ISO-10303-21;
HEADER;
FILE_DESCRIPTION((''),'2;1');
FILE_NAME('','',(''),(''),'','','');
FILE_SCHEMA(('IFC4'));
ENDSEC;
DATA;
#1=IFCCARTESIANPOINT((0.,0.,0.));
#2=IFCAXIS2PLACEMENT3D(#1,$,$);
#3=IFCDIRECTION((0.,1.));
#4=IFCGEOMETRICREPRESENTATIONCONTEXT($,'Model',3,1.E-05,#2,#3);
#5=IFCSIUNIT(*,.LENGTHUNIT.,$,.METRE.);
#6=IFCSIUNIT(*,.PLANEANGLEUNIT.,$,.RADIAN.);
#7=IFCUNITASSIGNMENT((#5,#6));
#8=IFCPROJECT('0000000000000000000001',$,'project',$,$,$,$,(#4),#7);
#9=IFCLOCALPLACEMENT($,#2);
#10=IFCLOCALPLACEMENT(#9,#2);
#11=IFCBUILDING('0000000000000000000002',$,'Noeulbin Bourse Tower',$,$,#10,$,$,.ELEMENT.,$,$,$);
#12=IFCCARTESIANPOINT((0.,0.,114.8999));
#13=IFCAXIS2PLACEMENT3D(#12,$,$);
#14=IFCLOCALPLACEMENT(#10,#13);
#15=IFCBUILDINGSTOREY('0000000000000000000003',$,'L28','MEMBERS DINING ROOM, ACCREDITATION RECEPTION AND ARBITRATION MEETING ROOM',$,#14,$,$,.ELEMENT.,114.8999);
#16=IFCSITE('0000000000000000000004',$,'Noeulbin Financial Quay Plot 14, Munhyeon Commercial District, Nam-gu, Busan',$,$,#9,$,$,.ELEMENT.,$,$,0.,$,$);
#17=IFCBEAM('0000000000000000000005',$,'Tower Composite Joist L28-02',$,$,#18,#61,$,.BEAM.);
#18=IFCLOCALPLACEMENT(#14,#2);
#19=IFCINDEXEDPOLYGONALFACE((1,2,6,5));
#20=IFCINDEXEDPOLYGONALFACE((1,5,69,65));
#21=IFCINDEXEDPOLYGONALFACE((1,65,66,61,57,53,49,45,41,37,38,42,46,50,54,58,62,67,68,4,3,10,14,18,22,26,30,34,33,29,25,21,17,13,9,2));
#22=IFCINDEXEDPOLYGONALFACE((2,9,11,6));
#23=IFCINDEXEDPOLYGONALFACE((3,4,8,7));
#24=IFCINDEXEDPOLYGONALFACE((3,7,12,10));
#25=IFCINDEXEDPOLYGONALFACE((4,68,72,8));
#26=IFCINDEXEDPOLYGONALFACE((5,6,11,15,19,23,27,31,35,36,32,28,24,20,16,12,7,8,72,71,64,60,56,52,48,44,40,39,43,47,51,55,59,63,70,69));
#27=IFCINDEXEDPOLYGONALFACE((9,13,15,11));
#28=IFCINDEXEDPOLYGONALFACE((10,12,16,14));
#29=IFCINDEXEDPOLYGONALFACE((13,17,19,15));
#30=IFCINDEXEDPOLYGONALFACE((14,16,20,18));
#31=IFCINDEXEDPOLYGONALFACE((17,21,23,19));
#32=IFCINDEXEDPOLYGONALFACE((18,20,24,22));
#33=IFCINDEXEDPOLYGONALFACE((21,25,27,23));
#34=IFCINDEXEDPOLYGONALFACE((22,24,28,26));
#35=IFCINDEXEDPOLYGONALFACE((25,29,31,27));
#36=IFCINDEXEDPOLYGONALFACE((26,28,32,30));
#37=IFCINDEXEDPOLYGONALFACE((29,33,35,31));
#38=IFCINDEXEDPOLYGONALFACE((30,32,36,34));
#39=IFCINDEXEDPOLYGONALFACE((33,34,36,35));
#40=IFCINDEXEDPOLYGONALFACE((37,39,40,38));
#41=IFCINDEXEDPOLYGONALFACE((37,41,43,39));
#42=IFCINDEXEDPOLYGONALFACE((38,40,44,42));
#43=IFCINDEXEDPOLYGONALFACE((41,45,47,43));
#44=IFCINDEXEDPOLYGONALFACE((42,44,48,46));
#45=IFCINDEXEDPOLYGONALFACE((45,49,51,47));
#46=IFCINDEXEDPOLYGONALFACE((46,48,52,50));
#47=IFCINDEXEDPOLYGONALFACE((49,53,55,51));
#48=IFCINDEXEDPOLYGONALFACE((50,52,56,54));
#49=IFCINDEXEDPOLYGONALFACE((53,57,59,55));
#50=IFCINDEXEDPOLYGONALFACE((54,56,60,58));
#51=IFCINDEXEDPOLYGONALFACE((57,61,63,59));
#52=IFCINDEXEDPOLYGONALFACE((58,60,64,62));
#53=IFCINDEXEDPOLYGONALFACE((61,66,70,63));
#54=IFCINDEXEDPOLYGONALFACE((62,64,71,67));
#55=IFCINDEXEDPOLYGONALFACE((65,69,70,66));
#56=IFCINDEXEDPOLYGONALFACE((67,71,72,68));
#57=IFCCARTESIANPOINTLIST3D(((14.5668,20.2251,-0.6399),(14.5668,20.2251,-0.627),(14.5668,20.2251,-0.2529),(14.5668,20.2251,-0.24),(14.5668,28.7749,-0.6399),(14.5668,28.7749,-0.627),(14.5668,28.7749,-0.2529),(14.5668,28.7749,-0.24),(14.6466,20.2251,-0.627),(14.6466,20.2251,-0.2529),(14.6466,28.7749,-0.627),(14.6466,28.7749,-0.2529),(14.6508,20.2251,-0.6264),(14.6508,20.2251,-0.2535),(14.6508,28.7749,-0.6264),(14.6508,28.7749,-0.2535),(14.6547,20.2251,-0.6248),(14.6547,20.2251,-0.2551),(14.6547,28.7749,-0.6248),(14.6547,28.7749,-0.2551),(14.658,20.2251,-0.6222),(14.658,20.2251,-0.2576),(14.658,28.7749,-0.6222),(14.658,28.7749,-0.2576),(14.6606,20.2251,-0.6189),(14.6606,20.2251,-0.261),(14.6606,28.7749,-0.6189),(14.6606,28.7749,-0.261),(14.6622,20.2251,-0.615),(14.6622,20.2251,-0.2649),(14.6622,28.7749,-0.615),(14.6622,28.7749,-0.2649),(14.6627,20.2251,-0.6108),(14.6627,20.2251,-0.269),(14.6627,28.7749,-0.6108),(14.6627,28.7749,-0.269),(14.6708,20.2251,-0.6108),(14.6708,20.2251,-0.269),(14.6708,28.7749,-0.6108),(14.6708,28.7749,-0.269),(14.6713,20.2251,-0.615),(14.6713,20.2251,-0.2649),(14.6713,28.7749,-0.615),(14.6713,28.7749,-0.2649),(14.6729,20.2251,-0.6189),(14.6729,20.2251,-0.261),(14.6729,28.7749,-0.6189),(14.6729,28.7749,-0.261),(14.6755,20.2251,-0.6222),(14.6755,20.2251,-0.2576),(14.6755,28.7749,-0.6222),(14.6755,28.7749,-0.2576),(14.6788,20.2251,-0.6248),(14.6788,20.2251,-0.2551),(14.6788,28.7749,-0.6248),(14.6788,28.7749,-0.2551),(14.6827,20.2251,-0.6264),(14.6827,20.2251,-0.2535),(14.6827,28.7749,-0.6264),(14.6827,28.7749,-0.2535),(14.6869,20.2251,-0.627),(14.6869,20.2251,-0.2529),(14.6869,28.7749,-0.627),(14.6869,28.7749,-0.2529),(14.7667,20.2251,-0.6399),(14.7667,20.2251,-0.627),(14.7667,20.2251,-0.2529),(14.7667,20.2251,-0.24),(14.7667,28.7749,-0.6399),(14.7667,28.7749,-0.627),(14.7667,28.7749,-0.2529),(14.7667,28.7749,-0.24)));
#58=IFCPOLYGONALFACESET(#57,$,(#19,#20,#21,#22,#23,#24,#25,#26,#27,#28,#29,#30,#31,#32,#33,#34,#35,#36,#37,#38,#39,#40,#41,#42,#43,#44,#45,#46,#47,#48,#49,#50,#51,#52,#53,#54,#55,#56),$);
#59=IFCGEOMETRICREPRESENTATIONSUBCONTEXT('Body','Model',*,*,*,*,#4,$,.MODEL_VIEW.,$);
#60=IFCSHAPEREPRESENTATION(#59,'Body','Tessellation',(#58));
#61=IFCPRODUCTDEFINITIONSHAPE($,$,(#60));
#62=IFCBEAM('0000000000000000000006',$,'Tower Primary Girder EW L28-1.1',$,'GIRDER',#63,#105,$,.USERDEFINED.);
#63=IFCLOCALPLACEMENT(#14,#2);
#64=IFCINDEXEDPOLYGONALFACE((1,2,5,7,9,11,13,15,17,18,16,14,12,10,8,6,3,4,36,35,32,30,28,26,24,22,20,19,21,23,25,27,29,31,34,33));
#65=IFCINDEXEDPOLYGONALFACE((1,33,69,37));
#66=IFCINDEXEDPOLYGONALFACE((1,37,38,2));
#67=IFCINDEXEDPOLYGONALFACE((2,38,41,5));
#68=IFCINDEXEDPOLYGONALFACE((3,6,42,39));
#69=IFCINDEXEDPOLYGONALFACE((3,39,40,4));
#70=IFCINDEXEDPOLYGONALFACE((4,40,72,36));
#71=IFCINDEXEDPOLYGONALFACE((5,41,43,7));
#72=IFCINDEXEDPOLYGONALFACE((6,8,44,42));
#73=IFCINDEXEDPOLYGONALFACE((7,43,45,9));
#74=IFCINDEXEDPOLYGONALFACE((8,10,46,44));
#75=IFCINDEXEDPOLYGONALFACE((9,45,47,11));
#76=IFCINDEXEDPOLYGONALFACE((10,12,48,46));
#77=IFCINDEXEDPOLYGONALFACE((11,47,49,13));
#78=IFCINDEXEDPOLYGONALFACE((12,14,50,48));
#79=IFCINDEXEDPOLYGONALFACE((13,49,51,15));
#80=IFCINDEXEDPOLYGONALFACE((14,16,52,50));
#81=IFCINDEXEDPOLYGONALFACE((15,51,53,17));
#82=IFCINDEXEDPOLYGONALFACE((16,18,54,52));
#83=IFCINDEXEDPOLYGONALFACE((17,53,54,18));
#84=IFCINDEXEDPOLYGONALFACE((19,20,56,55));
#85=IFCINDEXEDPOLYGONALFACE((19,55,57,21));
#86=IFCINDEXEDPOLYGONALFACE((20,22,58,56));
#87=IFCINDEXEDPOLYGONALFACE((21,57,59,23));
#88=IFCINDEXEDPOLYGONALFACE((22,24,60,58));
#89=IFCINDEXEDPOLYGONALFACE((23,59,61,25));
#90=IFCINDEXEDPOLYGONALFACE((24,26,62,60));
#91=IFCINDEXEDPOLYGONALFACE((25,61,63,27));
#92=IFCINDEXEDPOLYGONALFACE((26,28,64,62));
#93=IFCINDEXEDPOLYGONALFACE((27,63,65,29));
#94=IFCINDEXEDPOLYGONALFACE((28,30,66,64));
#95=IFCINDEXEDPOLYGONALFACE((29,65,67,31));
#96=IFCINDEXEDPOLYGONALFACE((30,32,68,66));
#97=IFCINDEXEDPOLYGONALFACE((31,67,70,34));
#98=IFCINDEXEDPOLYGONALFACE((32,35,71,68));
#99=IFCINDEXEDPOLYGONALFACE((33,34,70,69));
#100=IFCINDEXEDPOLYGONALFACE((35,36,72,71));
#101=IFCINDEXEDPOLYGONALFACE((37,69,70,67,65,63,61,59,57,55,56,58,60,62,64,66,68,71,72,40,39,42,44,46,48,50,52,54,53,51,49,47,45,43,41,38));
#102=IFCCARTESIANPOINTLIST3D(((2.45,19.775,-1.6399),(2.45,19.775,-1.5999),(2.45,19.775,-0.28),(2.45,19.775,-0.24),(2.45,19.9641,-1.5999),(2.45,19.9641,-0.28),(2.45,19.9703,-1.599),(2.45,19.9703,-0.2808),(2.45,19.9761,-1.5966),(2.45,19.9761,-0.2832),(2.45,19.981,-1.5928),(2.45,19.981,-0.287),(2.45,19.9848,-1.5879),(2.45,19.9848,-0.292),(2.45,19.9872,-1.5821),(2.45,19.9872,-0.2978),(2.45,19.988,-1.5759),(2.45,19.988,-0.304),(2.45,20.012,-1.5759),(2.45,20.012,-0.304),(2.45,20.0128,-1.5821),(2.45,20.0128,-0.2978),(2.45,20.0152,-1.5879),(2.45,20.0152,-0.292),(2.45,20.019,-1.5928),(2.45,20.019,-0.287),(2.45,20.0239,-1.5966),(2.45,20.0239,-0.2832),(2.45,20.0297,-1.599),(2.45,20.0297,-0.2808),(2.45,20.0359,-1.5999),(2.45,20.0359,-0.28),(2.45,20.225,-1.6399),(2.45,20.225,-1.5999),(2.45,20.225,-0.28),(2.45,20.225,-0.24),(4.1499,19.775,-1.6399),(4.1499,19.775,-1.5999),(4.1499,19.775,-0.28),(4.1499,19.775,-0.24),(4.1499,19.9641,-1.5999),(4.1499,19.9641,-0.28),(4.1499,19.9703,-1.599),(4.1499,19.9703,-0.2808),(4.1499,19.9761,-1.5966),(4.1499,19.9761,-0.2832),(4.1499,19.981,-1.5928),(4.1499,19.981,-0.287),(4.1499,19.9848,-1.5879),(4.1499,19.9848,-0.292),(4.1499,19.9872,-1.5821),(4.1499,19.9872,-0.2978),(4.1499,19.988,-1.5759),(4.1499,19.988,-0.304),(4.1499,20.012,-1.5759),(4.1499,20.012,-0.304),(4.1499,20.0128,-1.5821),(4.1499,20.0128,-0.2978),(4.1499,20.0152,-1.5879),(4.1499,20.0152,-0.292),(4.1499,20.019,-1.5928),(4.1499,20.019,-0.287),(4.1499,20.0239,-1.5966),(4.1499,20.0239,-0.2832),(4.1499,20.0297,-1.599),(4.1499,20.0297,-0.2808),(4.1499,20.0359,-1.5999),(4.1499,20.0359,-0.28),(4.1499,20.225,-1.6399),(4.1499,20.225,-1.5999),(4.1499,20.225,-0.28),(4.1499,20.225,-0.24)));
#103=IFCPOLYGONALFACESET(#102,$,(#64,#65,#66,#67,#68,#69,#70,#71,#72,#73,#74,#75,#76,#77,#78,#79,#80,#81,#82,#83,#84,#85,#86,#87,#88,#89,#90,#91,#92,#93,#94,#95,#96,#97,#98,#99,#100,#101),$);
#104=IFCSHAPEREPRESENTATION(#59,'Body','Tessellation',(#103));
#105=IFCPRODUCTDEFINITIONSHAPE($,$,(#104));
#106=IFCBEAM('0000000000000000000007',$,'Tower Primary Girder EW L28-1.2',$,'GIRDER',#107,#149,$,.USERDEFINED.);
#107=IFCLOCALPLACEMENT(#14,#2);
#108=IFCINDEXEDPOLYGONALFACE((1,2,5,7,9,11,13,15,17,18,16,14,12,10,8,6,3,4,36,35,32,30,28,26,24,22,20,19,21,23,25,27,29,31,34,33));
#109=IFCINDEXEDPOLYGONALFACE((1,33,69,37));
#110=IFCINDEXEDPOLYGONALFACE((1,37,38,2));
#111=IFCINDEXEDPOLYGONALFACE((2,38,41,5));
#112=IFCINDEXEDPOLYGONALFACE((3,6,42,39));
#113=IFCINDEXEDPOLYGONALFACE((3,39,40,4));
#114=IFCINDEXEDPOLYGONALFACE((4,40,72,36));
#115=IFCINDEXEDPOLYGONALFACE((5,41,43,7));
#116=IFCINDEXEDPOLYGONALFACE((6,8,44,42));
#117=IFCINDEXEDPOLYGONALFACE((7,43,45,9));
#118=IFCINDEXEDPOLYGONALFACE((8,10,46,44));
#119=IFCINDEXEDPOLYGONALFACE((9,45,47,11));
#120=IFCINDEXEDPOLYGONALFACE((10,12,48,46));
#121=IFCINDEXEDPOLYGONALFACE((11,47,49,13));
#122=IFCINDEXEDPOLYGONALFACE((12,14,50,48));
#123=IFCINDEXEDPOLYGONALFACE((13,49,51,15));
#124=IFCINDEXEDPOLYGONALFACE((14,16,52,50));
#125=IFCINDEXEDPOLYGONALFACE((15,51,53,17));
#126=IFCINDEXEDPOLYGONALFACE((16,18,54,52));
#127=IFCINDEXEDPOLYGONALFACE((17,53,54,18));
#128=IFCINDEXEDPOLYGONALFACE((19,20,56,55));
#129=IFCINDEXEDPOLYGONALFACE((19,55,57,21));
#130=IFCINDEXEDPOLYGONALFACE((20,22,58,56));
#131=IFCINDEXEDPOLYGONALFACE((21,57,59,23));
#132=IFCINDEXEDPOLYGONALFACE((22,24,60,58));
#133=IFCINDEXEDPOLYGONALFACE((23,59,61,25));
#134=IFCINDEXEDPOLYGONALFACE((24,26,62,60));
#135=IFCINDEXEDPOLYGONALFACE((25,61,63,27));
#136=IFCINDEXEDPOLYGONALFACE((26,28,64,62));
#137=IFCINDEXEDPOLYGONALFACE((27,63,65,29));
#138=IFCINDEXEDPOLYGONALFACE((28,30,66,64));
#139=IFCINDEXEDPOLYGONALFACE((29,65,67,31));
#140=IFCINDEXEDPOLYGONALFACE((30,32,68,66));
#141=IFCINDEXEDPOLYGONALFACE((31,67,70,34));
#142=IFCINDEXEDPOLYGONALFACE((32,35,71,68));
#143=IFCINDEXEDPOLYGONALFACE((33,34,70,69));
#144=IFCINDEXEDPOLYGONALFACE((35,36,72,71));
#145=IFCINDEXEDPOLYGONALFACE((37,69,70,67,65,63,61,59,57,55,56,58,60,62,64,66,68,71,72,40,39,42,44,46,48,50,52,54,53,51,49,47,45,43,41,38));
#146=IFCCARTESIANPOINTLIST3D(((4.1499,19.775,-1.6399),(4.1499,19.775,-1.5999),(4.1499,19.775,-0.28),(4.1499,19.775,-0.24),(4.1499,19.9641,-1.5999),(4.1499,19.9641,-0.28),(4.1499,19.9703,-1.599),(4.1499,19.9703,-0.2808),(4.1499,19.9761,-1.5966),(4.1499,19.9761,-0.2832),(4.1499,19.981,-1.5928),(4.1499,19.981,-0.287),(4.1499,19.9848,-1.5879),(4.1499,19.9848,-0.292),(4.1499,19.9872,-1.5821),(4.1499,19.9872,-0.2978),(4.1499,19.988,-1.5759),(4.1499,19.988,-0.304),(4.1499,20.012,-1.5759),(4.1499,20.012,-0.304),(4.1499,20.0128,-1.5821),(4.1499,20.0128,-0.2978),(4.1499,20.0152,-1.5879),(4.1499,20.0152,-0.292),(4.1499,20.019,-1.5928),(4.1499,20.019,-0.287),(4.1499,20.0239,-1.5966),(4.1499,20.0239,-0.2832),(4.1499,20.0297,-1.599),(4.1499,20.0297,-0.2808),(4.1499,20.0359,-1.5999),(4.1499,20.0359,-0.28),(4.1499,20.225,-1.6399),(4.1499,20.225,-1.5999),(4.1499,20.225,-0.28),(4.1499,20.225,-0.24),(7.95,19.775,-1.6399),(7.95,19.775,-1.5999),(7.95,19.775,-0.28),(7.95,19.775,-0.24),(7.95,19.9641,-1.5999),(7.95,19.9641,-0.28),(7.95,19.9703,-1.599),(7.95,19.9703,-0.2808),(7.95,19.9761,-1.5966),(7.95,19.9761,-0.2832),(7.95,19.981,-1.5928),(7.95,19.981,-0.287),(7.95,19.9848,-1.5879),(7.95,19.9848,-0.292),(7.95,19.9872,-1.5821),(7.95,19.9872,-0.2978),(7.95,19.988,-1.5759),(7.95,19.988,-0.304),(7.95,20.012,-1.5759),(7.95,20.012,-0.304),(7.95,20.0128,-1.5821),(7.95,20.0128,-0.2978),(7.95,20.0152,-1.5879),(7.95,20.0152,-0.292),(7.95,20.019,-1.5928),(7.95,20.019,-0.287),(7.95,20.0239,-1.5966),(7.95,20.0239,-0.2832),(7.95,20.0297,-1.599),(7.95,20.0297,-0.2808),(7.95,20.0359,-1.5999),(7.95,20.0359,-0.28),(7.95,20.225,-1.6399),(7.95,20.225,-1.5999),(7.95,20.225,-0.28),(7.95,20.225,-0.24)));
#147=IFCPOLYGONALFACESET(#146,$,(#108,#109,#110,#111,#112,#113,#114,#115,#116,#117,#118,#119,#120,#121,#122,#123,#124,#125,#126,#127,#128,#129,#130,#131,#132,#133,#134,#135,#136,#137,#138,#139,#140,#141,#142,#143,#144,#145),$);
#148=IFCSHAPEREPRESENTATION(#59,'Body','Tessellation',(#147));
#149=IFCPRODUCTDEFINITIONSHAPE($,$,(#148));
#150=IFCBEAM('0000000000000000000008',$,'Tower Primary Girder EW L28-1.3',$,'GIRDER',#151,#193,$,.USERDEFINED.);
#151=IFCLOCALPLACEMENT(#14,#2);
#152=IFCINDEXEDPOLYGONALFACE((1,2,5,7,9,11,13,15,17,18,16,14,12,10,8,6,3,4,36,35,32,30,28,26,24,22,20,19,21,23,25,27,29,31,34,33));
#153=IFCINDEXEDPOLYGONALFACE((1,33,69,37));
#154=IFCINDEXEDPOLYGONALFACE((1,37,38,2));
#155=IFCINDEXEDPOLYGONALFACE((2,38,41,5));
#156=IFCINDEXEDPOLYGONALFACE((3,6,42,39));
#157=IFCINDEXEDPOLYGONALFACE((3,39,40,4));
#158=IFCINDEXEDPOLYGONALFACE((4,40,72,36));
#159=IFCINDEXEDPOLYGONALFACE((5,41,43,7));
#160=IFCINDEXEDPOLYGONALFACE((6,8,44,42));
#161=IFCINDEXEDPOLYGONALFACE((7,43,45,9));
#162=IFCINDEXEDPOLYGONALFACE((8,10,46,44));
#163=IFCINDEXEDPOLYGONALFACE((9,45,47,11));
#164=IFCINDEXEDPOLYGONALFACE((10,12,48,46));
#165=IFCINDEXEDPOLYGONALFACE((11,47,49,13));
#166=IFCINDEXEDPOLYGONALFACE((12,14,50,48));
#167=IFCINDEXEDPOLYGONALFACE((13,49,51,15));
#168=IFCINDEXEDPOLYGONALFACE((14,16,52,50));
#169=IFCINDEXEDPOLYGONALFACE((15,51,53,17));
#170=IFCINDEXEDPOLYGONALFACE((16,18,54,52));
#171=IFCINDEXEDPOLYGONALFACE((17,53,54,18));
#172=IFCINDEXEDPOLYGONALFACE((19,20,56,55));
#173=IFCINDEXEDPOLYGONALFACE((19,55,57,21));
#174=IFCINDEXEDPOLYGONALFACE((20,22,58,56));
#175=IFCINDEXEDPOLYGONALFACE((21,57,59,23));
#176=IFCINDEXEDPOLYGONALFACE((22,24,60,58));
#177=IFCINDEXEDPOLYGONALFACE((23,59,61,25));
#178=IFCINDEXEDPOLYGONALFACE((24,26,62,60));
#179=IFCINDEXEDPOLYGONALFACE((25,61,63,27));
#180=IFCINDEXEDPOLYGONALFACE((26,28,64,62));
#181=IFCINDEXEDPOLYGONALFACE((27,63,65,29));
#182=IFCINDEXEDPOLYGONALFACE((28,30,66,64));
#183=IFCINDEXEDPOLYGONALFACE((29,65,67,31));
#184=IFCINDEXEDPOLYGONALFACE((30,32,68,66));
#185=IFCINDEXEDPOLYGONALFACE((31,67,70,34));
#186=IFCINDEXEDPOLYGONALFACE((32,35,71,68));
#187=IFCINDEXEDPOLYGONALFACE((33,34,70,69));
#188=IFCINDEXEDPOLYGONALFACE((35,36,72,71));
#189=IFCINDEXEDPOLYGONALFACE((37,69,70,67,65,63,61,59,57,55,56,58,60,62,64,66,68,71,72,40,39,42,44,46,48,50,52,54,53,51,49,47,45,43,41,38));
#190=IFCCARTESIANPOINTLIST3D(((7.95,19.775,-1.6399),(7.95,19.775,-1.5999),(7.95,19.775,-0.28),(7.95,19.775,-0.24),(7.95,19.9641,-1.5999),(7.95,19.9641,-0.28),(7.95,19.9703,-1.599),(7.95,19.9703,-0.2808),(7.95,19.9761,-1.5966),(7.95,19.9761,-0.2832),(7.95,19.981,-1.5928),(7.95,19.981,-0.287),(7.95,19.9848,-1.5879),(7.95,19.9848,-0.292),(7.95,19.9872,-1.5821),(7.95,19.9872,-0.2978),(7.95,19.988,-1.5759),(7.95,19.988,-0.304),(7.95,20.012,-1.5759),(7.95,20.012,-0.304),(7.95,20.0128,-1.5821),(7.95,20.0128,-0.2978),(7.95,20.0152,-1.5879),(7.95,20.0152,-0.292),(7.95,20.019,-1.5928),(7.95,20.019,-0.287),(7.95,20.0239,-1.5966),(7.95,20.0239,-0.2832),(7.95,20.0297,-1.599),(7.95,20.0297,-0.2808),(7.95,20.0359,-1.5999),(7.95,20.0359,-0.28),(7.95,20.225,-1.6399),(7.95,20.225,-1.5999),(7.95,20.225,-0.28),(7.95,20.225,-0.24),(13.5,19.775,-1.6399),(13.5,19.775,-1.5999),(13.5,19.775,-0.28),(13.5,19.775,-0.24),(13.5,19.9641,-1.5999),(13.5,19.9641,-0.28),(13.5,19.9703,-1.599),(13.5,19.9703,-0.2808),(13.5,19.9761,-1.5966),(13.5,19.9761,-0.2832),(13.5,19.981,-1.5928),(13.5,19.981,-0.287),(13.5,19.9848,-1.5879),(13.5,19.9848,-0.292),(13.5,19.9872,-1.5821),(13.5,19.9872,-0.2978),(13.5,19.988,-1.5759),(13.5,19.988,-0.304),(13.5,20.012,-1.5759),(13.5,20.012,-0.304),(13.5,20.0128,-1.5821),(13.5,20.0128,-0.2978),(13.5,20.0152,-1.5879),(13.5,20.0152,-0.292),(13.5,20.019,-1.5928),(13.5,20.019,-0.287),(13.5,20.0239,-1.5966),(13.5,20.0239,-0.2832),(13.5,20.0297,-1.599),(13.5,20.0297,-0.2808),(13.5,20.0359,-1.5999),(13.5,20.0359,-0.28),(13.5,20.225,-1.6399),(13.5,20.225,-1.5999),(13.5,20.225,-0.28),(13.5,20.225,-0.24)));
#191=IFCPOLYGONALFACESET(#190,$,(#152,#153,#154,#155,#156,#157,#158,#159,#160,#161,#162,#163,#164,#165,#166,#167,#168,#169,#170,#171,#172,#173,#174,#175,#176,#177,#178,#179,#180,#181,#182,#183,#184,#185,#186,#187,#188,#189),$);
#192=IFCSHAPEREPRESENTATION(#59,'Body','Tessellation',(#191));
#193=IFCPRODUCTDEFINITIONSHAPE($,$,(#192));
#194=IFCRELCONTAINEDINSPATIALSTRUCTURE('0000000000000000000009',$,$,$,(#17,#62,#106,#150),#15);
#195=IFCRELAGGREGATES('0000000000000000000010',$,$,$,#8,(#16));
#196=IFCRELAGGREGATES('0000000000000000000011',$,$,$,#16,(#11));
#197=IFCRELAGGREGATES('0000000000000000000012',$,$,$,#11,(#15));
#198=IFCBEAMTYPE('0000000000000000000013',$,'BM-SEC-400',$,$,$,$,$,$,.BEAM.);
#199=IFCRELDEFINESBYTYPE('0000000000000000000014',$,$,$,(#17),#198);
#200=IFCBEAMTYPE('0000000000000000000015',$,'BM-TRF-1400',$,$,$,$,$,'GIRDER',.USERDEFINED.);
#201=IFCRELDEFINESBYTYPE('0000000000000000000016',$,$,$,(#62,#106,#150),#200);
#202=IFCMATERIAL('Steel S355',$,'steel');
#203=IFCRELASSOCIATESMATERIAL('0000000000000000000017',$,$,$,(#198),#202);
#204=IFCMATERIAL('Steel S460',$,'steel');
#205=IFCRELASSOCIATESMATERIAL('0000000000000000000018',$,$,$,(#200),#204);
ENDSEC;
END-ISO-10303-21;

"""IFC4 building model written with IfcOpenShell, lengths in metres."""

from ifc_helpers import new_model, si_unit, direction, frame, origin, origin_2d, place, context, subcontext, project, spatial, i_section, extrude, material, material_profile, profile_set, type_object, element, save


model = new_model("IFC4")

# Units and contexts
model_context = context("Model", 3, precision=1e-05, world=origin(), true_north=direction((0.0, 1.0)))
body_context = subcontext(model_context, "Body", "Model", "MODEL_VIEW")
ifc_project = project(units=[si_unit("LENGTHUNIT", "METRE"), si_unit("PLANEANGLEUNIT", "RADIAN")], contexts=[model_context])

# Site, building, storey
site_placement = place(None, origin())
site = spatial("IfcSite", under=ifc_project, at=site_placement, Name="Noeulbin Financial Quay Plot 14, Munhyeon Commercial District, Nam-gu, Busan", CompositionType="ELEMENT", RefElevation=0.0)
building_placement = place(site_placement, origin())
building = spatial("IfcBuilding", under=site, at=building_placement, Name="Noeulbin Bourse Tower", CompositionType="ELEMENT")
storey_placement = place(building_placement, frame((0.0, 0.0, 114.8999)))
storey = spatial("IfcBuildingStorey", under=building, at=storey_placement, Name="L28", Description="MEMBERS DINING ROOM, ACCREDITATION RECEPTION AND ARBITRATION MEETING ROOM", CompositionType="ELEMENT", Elevation=114.8999)

# Shared definitions
ifc_material_1 = material(Name="Steel S355", Category="steel")
ifc_material_2 = material(Name="Steel S460", Category="steel")

# Beams
ifc_material_profile_1 = material_profile(ifc_material_1, i_section(OverallWidth=0.2, OverallDepth=0.3999, WebThickness=0.0081, FlangeThickness=0.0129, FilletRadius=0.0161, at=origin_2d()), Name="H-400x200x8x13", Category="LoadBearing")
ifc_profile_set_1 = profile_set([ifc_material_profile_1], Name="Steel S355")
beam_type_1 = type_object("IfcBeamType", Name="BM-SEC-400", PredefinedType="BEAM", material=ifc_profile_set_1)
beam_1_placement = place(storey_placement, frame((14.6667, 20.2251, -0.4399), z_axis=(0.0, 1.0, 0.0), x_axis=(-1.0, 0.0, 0.0)))
element("IfcBeam", 1, at=beam_1_placement, inside=storey, type_object=beam_type_1, Name="Tower Composite Joist L28-02", PredefinedType="BEAM", context=body_context, shape_type="SweptSolid", body=[
    extrude(i_section(OverallWidth=0.2, OverallDepth=0.3999, WebThickness=0.0081, FlangeThickness=0.0129, FilletRadius=0.0161, at=origin_2d()), origin(), (0.0, 0.0, 1.0), 8.5498),
])
ifc_material_profile_2 = material_profile(ifc_material_2, i_section(OverallWidth=0.45, OverallDepth=1.3999, WebThickness=0.0239, FlangeThickness=0.04, FilletRadius=0.0239, at=origin_2d()), Name="PG-1400x450x24x40", Category="LoadBearing")
ifc_profile_set_2 = profile_set([ifc_material_profile_2], Name="Steel S460")
beam_type_2 = type_object("IfcBeamType", Name="BM-TRF-1400", ElementType="GIRDER", PredefinedType="USERDEFINED", material=ifc_profile_set_2)
beam_2_placement = place(storey_placement, frame((2.45, 20.0, -0.9399), z_axis=(1.0, 0.0, 0.0), x_axis=(0.0, 1.0, 0.0)))
element("IfcBeam", 2, at=beam_2_placement, inside=storey, type_object=beam_type_2, Name="Tower Primary Girder EW L28-1.1", ObjectType="GIRDER", PredefinedType="USERDEFINED", context=body_context, shape_type="SweptSolid", body=[
    extrude(i_section(OverallWidth=0.45, OverallDepth=1.3999, WebThickness=0.0239, FlangeThickness=0.04, FilletRadius=0.0239, at=origin_2d()), origin(), (0.0, 0.0, 1.0), 1.7),
])
beam_3_placement = place(storey_placement, frame((4.1499, 20.0, -0.9399), z_axis=(1.0, 0.0, 0.0), x_axis=(0.0, 1.0, 0.0)))
element("IfcBeam", 3, at=beam_3_placement, inside=storey, type_object=beam_type_2, Name="Tower Primary Girder EW L28-1.2", ObjectType="GIRDER", PredefinedType="USERDEFINED", context=body_context, shape_type="SweptSolid", body=[
    extrude(i_section(OverallWidth=0.45, OverallDepth=1.3999, WebThickness=0.0239, FlangeThickness=0.04, FilletRadius=0.0239, at=origin_2d()), origin(), (0.0, 0.0, 1.0), 3.8),
])
beam_4_placement = place(storey_placement, frame((7.95, 20.0, -0.9399), z_axis=(1.0, 0.0, 0.0), x_axis=(0.0, 1.0, 0.0)))
element("IfcBeam", 4, at=beam_4_placement, inside=storey, type_object=beam_type_2, Name="Tower Primary Girder EW L28-1.3", ObjectType="GIRDER", PredefinedType="USERDEFINED", context=body_context, shape_type="SweptSolid", body=[
    extrude(i_section(OverallWidth=0.45, OverallDepth=1.3999, WebThickness=0.0239, FlangeThickness=0.04, FilletRadius=0.0239, at=origin_2d()), origin(), (0.0, 0.0, 1.0), 5.55),
])

save(model, "model.ifc")
